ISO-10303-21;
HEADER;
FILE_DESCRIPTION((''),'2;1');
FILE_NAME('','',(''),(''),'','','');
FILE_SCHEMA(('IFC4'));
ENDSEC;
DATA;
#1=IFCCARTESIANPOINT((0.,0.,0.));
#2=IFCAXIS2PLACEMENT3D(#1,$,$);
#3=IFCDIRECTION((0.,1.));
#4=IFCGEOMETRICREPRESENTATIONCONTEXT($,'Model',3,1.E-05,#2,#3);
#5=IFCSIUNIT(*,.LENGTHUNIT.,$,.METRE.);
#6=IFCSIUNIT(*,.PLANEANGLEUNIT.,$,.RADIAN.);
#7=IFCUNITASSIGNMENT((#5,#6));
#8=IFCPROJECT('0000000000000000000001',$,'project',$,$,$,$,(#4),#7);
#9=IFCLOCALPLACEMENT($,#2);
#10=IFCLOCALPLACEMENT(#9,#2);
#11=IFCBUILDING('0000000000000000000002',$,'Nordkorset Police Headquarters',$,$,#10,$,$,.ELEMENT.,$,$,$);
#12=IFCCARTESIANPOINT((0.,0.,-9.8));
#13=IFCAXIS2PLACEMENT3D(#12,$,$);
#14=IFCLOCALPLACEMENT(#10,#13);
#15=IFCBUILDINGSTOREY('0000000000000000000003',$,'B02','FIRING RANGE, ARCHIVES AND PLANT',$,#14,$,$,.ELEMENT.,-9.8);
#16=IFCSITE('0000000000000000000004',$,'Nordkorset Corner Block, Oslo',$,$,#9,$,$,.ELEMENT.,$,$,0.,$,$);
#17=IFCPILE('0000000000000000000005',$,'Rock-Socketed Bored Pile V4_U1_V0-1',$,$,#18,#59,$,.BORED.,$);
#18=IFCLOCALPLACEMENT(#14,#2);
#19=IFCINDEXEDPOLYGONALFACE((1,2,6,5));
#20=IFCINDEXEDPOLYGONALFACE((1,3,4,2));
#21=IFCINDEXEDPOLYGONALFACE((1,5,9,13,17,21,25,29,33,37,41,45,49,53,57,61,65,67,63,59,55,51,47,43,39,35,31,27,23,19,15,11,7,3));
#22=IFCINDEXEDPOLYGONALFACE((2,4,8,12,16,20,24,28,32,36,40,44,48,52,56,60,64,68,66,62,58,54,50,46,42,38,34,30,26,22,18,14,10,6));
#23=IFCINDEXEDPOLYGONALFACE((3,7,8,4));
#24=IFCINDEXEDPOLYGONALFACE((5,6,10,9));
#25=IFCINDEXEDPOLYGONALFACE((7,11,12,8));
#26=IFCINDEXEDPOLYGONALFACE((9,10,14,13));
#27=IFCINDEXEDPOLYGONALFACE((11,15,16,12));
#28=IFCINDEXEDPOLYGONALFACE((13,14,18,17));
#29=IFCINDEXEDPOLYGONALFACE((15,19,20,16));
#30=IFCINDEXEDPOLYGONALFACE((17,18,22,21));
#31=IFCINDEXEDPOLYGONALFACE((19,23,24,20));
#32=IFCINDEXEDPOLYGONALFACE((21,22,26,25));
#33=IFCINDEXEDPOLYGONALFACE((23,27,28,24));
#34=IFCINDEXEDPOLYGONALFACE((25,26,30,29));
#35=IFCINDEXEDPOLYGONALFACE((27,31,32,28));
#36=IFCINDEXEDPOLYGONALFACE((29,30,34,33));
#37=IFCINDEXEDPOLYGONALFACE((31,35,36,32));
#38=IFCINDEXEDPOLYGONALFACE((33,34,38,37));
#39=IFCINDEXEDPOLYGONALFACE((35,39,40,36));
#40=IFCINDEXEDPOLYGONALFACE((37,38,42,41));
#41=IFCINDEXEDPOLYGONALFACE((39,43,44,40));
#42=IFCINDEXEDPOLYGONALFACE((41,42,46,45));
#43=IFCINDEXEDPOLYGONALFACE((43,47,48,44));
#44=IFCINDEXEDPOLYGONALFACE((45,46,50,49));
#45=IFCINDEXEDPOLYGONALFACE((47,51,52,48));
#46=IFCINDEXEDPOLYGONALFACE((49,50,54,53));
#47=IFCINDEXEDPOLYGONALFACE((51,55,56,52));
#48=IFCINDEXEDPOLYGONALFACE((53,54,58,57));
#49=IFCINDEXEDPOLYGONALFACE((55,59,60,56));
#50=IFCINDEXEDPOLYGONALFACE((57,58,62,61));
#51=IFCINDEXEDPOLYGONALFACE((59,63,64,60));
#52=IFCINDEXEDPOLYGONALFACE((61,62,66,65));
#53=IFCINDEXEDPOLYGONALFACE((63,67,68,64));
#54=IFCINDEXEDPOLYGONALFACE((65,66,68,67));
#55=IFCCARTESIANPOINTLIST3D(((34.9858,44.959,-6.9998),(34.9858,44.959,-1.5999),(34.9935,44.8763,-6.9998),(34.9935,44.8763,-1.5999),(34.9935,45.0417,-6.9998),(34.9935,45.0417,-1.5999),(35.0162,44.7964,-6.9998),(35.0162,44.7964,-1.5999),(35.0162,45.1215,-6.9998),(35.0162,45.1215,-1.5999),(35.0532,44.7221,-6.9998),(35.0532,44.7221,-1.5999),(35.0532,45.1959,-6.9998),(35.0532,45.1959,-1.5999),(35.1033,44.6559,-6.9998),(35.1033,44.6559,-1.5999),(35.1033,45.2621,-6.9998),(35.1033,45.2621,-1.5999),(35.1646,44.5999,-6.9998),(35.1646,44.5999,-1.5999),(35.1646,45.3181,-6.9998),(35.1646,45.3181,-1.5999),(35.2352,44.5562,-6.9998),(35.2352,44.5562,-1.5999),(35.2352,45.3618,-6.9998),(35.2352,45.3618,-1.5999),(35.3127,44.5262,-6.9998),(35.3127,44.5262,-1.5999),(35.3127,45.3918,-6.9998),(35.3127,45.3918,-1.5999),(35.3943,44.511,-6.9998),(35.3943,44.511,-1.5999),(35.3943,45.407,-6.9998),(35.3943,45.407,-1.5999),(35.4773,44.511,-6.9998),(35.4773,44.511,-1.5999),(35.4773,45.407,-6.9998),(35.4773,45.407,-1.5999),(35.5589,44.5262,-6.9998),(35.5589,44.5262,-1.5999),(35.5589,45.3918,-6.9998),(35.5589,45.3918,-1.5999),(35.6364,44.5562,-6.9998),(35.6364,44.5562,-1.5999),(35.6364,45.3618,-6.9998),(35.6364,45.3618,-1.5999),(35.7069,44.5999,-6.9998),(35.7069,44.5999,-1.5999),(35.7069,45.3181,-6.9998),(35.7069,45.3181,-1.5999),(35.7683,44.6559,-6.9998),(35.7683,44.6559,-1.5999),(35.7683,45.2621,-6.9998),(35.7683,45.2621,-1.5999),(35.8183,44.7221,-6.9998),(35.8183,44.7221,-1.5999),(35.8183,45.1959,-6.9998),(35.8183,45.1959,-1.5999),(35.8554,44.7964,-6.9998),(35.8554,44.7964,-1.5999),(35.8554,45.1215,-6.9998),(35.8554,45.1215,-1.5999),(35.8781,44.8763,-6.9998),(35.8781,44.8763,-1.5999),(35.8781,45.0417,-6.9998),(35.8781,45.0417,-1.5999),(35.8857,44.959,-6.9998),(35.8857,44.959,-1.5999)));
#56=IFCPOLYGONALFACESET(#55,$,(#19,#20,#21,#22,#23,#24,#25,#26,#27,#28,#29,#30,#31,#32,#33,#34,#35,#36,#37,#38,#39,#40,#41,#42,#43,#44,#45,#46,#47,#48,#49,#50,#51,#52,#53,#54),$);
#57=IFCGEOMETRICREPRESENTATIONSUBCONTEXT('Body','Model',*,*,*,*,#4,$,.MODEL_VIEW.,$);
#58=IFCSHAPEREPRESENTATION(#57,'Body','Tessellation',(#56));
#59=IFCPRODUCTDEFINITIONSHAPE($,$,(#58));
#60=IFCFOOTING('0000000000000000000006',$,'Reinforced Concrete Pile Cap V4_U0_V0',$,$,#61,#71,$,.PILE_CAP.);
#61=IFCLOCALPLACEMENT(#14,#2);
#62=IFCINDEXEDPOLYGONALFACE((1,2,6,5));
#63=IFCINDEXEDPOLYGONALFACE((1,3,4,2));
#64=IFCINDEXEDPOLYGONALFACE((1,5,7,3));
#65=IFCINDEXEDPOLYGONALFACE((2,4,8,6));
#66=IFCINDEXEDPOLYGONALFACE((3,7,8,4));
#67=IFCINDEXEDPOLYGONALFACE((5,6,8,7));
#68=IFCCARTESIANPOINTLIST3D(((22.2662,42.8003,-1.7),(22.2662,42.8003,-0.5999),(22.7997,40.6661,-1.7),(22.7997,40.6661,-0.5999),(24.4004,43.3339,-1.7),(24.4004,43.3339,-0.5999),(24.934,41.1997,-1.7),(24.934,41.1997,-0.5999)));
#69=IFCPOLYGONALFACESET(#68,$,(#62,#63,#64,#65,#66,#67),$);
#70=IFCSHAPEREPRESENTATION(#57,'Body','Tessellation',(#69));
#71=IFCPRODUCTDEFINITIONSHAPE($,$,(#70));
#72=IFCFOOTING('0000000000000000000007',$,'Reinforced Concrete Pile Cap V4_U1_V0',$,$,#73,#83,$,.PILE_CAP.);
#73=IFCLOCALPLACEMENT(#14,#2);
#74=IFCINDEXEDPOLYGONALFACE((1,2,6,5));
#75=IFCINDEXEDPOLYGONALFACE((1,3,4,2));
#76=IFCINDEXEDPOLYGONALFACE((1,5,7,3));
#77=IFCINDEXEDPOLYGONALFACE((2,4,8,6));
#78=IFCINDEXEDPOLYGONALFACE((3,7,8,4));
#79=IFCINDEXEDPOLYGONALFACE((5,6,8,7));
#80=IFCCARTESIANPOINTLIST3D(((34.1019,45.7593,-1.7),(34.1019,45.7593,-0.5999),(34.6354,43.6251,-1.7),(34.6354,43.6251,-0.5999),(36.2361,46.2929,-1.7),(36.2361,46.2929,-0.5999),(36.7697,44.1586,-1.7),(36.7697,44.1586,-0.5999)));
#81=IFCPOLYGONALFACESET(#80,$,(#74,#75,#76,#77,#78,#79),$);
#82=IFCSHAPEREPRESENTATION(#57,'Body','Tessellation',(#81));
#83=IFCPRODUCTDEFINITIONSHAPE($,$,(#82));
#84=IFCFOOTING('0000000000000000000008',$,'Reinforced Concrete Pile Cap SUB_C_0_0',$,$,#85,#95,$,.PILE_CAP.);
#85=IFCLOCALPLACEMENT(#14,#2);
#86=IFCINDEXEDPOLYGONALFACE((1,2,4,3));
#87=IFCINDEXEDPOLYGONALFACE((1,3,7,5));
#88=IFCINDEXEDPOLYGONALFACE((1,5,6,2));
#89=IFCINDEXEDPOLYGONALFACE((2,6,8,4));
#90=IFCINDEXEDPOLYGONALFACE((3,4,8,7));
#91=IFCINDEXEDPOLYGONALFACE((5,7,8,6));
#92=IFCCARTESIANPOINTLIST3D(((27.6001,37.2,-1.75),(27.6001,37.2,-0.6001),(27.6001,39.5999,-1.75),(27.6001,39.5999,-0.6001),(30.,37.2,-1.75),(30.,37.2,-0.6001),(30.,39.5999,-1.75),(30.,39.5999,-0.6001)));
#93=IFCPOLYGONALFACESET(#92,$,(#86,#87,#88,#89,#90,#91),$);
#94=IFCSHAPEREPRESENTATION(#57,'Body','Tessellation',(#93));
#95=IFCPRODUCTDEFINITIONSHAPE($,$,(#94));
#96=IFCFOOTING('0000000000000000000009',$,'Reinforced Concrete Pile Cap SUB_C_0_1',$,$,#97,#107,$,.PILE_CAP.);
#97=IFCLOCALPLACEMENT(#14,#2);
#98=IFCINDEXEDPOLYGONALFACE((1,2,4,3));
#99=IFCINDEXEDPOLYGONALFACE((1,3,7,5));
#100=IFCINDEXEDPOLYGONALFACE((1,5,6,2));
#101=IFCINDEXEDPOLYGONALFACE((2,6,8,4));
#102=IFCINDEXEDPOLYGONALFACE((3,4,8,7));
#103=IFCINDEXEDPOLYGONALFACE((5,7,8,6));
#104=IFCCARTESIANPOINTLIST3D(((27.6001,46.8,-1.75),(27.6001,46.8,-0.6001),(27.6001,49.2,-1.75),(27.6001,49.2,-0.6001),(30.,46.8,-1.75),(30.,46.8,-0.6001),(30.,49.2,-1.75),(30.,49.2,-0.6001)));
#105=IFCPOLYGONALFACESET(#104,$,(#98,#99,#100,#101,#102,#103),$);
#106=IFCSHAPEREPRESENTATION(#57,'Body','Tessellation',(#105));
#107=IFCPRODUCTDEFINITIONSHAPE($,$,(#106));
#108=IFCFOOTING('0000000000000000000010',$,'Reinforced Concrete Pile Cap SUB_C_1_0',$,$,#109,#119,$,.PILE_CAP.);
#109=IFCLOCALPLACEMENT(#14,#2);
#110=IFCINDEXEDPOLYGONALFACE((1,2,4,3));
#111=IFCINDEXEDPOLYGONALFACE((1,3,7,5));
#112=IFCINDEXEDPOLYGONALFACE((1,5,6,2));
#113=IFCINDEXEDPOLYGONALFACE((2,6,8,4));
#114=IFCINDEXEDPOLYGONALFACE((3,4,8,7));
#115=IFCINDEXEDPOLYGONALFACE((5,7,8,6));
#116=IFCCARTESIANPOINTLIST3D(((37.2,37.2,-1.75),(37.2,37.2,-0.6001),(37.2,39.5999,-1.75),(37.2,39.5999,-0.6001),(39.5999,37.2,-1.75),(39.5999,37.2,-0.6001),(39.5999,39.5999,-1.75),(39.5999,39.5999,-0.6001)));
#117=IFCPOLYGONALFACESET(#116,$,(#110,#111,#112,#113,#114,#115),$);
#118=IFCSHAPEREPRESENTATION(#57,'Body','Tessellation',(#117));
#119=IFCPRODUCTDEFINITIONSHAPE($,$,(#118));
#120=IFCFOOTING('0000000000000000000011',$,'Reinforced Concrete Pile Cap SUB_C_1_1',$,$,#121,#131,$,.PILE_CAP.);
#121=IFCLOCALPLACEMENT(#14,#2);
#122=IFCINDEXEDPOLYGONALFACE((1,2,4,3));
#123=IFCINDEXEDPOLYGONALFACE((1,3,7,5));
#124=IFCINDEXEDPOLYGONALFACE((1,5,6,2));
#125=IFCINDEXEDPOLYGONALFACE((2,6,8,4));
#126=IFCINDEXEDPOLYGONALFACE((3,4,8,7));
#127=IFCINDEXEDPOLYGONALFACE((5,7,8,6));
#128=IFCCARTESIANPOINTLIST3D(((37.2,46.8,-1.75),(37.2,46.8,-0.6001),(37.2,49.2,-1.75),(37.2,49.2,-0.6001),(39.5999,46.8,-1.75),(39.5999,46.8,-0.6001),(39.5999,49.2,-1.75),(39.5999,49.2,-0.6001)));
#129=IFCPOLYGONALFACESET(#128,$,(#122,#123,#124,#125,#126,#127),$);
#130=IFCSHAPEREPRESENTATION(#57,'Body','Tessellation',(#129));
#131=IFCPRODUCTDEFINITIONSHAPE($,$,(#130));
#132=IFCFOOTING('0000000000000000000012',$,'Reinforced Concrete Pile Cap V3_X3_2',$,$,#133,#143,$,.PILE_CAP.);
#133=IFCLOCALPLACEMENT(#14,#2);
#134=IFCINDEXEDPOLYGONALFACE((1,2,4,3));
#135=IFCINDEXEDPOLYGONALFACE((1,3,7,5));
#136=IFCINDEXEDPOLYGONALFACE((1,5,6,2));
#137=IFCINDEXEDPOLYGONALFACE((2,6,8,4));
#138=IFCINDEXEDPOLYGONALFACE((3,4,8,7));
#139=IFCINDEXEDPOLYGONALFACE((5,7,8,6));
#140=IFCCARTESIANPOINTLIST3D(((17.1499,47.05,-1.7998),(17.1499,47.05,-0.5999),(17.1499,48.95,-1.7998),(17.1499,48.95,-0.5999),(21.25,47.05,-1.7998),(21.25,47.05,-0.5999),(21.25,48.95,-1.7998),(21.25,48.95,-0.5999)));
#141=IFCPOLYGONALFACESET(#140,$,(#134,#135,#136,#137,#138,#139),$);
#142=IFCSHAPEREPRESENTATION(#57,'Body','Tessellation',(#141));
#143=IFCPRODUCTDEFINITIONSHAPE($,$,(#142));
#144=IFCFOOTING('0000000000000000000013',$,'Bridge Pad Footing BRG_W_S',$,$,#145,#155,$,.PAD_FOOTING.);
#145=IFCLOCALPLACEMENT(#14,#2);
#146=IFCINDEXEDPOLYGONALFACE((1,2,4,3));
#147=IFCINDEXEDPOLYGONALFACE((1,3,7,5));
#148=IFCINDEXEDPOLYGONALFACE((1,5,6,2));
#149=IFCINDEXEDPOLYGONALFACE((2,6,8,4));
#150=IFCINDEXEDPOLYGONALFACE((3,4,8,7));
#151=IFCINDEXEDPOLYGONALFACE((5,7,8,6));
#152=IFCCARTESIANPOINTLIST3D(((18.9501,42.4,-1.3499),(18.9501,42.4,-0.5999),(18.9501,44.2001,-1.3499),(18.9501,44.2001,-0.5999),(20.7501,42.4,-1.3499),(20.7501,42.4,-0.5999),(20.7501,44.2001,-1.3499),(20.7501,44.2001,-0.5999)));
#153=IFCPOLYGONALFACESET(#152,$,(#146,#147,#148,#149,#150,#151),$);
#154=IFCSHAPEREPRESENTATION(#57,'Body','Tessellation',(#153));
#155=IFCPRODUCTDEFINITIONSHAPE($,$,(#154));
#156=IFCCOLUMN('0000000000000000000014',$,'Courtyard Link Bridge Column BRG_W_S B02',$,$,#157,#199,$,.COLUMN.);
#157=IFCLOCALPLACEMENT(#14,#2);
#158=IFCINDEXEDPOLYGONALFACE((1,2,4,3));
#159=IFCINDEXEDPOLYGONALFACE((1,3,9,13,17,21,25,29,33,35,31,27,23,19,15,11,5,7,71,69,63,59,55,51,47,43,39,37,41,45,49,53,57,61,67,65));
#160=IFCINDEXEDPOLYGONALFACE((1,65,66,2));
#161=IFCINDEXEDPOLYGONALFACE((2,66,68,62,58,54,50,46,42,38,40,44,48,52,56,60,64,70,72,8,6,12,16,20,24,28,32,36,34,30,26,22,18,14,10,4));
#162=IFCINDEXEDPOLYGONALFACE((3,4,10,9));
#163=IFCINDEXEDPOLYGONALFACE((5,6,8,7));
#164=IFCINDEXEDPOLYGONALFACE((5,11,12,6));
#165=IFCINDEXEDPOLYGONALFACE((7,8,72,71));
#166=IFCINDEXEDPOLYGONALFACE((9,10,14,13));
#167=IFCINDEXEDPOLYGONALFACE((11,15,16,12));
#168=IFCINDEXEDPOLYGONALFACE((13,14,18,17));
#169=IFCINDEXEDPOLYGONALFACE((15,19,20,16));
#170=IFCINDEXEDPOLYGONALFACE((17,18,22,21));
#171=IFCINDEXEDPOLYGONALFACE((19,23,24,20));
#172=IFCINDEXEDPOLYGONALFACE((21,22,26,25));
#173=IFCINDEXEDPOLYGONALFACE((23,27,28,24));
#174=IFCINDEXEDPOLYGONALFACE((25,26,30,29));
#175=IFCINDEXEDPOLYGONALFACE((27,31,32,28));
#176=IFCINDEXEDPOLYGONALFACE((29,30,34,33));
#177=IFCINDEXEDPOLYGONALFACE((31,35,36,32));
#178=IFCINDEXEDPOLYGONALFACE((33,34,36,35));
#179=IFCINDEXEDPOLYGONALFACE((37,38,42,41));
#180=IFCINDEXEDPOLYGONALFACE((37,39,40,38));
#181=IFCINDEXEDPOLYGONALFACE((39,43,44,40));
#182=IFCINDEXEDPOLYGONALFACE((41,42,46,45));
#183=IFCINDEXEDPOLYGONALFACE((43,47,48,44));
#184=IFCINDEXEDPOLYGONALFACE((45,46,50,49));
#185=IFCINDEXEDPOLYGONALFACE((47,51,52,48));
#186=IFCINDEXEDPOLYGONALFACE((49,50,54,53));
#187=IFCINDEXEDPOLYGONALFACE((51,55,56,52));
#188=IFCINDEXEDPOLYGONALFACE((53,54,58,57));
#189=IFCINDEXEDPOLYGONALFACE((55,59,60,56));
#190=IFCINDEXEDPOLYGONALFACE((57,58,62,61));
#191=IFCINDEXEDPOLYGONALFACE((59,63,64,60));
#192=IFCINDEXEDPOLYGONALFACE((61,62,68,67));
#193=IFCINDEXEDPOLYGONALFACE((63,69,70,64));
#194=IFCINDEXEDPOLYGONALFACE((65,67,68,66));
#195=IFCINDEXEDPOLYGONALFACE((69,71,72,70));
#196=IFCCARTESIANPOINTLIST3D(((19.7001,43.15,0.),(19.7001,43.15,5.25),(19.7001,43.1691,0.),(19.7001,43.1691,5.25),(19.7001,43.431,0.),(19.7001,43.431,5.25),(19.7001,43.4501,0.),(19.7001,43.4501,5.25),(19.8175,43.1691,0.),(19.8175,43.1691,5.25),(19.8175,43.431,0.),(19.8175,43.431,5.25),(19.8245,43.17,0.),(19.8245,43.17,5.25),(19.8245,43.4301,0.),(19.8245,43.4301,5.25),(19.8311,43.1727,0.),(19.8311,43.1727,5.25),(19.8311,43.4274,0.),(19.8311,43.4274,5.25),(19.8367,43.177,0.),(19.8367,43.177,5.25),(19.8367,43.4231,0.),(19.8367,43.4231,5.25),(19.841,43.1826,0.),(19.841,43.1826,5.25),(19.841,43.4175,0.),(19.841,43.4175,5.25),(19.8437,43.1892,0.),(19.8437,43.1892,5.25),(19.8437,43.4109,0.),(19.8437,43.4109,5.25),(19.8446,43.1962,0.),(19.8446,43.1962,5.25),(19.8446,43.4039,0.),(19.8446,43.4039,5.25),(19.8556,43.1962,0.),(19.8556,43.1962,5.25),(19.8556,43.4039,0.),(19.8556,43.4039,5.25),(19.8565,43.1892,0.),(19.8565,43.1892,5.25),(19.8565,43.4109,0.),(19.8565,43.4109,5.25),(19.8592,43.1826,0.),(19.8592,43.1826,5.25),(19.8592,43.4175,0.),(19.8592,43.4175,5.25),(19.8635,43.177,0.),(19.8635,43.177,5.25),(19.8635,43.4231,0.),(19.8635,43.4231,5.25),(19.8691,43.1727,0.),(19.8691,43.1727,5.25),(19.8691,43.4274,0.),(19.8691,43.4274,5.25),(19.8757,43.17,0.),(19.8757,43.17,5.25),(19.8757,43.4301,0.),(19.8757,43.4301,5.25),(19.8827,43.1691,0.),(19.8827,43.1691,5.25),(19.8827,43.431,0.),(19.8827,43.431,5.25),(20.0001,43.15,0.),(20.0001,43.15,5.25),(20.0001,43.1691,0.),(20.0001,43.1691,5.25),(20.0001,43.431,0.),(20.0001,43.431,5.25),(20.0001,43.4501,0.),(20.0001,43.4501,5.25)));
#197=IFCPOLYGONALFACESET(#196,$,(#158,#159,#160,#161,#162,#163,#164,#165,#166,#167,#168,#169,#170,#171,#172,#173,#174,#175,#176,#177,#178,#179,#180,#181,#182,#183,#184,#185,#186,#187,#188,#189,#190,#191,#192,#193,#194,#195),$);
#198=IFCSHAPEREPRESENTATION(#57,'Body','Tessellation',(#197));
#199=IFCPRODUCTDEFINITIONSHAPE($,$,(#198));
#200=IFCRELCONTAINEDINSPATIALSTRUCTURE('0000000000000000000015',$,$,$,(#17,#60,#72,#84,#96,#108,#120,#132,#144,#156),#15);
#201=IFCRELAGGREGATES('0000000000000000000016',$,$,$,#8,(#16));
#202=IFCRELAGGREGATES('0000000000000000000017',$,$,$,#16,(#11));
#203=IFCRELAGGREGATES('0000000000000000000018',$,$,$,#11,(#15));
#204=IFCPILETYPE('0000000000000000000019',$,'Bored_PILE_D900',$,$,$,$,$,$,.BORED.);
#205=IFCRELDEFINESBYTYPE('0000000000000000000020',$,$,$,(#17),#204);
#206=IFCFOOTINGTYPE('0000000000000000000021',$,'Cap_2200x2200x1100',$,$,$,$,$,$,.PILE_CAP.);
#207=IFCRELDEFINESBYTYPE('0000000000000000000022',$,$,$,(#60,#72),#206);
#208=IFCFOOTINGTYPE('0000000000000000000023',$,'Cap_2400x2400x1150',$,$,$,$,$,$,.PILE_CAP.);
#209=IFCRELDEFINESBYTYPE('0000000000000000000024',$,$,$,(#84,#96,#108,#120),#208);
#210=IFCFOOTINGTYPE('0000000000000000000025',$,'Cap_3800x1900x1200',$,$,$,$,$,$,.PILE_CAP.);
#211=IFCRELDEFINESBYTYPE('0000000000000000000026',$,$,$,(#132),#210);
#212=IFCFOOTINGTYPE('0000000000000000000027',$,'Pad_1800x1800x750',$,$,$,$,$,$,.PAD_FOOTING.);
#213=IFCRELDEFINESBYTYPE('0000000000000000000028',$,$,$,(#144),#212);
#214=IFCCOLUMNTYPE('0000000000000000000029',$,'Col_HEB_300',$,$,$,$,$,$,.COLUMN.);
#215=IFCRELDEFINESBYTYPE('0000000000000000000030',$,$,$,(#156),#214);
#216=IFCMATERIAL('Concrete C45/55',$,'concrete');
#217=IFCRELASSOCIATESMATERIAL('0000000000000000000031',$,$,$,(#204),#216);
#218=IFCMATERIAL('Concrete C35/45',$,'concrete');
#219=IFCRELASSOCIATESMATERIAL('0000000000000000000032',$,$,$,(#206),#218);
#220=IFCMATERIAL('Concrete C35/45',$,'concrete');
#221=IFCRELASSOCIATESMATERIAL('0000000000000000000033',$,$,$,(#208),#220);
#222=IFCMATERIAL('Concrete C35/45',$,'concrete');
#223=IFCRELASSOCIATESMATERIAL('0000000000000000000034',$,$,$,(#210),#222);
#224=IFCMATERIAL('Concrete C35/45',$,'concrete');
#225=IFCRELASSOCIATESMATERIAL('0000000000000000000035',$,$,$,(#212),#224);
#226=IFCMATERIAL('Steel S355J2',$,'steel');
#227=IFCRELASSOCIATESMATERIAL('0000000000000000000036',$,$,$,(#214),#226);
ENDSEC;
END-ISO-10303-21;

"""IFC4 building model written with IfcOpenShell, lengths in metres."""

from ifc_helpers import new_model, si_unit, direction, frame, origin, origin_2d, place, context, subcontext, project, spatial, rectangle, circle, i_section, extrude, material, material_profile, profile_set, type_object, element, save


model = new_model("IFC4")

# Units and contexts
model_context = context("Model", 3, precision=1e-05, world=origin(), true_north=direction((0.0, 1.0)))
body_context = subcontext(model_context, "Body", "Model", "MODEL_VIEW")
ifc_project = project(units=[si_unit("LENGTHUNIT", "METRE"), si_unit("PLANEANGLEUNIT", "RADIAN")], contexts=[model_context])

# Site, building, storey
site_placement = place(None, origin())
site = spatial("IfcSite", under=ifc_project, at=site_placement, Name="Nordkorset Corner Block, Oslo", CompositionType="ELEMENT", RefElevation=0.0)
building_placement = place(site_placement, origin())
building = spatial("IfcBuilding", under=site, at=building_placement, Name="Nordkorset Police Headquarters", CompositionType="ELEMENT")
storey_placement = place(building_placement, frame((0.0, 0.0, -9.8)))
storey = spatial("IfcBuildingStorey", under=building, at=storey_placement, Name="B02", Description="FIRING RANGE, ARCHIVES AND PLANT", CompositionType="ELEMENT", Elevation=-9.8)

# Pile
ifc_material_1 = material(Name="Concrete C45/55", Category="concrete")
ifc_material_profile_1 = material_profile(ifc_material_1, circle(Radius=0.45, at=origin_2d()), Name="PILE D900")
ifc_profile_set_1 = profile_set([ifc_material_profile_1], Name="Concrete C45/55")
pile_type = type_object("IfcPileType", Name="Bored_PILE_D900", PredefinedType="BORED", material=ifc_profile_set_1)
for number, where, z_axis, x_axis, name in (
    (1, (35.4358, 44.959, -1.5999), (0.0, 0.0, -1.0), (1.0, 0.0, 0.0), "Rock-Socketed Bored Pile V4_U1_V0-1"),
):
    element("IfcPile", number, at=place(storey_placement, frame(where, z_axis=z_axis, x_axis=x_axis)), inside=storey, type_object=pile_type, Name=name, PredefinedType="BORED", context=body_context, shape_type="SweptSolid", body=[
        extrude(circle(Radius=0.45, at=origin_2d()), origin(), (0.0, 0.0, 1.0), 5.3999),
    ])

# Footings
ifc_material_2 = material(Name="Concrete C35/45", Category="concrete")
footing_type_1 = type_object("IfcFootingType", Name="Cap_2200x2200x1100", PredefinedType="PILE_CAP", material=ifc_material_2)
for number, where, z_axis, x_axis, name in (
    (2, (23.6001, 42.0, -1.7), (0.0, 0.0, 1.0), (0.970143, 0.242536, 0.0), "Reinforced Concrete Pile Cap V4_U0_V0"),
    (3, (35.4358, 44.959, -1.7), (0.0, 0.0, 1.0), (0.970143, 0.242536, 0.0), "Reinforced Concrete Pile Cap V4_U1_V0"),
):
    element("IfcFooting", number, at=place(storey_placement, frame(where, z_axis=z_axis, x_axis=x_axis)), inside=storey, type_object=footing_type_1, Name=name, PredefinedType="PILE_CAP", context=body_context, shape_type="SweptSolid", body=[
        extrude(rectangle(XDim=2.2, YDim=2.2, at=origin_2d()), origin(), (0.0, 0.0, 1.0), 1.1001),
    ])
ifc_material_3 = material(Name="Concrete C35/45", Category="concrete")
footing_type_2 = type_object("IfcFootingType", Name="Cap_2400x2400x1150", PredefinedType="PILE_CAP", material=ifc_material_3)
for number, where, z_axis, x_axis, name in (
    (4, (28.8, 38.3999, -1.75), (0.0, 0.0, 1.0), (1.0, 0.0, 0.0), "Reinforced Concrete Pile Cap SUB_C_0_0"),
    (5, (28.8, 48.0, -1.75), (0.0, 0.0, 1.0), (1.0, 0.0, 0.0), "Reinforced Concrete Pile Cap SUB_C_0_1"),
    (6, (38.3999, 38.3999, -1.75), (0.0, 0.0, 1.0), (1.0, 0.0, 0.0), "Reinforced Concrete Pile Cap SUB_C_1_0"),
    (7, (38.3999, 48.0, -1.75), (0.0, 0.0, 1.0), (1.0, 0.0, 0.0), "Reinforced Concrete Pile Cap SUB_C_1_1"),
):
    element("IfcFooting", number, at=place(storey_placement, frame(where, z_axis=z_axis, x_axis=x_axis)), inside=storey, type_object=footing_type_2, Name=name, PredefinedType="PILE_CAP", context=body_context, shape_type="SweptSolid", body=[
        extrude(rectangle(XDim=2.3999, YDim=2.3999, at=origin_2d()), origin(), (0.0, 0.0, 1.0), 1.1499),
    ])
ifc_material_4 = material(Name="Concrete C35/45", Category="concrete")
footing_type_3 = type_object("IfcFootingType", Name="Cap_3800x1900x1200", PredefinedType="PILE_CAP", material=ifc_material_4)
footing_1_placement = place(storey_placement, frame((19.2, 48.0, -1.7998), z_axis=(0.0, 0.0, 1.0), x_axis=(1.0, 0.0, 0.0)))
element("IfcFooting", 8, at=footing_1_placement, inside=storey, type_object=footing_type_3, Name="Reinforced Concrete Pile Cap V3_X3_2", PredefinedType="PILE_CAP", context=body_context, shape_type="SweptSolid", body=[
    extrude(rectangle(XDim=4.1001, YDim=1.8999, at=origin_2d()), origin(), (0.0, 0.0, 1.0), 1.2),
])
ifc_material_5 = material(Name="Concrete C35/45", Category="concrete")
footing_type_4 = type_object("IfcFootingType", Name="Pad_1800x1800x750", PredefinedType="PAD_FOOTING", material=ifc_material_5)
footing_2_placement = place(storey_placement, frame((19.8501, 43.3, -1.3499), z_axis=(0.0, 0.0, 1.0), x_axis=(1.0, 0.0, 0.0)))
element("IfcFooting", 9, at=footing_2_placement, inside=storey, type_object=footing_type_4, Name="Bridge Pad Footing BRG_W_S", PredefinedType="PAD_FOOTING", context=body_context, shape_type="SweptSolid", body=[
    extrude(rectangle(XDim=1.8, YDim=1.8, at=origin_2d()), origin(), (0.0, 0.0, 1.0), 0.75),
])

# Column
ifc_material_6 = material(Name="Steel S355J2", Category="steel")
ifc_material_profile_2 = material_profile(ifc_material_6, i_section(OverallWidth=0.3, OverallDepth=0.3, WebThickness=0.011, FlangeThickness=0.019, FilletRadius=0.0271, at=origin_2d()), Name="HEB 300")
ifc_profile_set_2 = profile_set([ifc_material_profile_2], Name="Steel S355J2")
column_type_1 = type_object("IfcColumnType", Name="Col_HEB_300", PredefinedType="COLUMN", material=ifc_profile_set_2)
for number, where, z_axis, x_axis, name in (
    (10, (19.8501, 43.3, 0.0), (0.0, 0.0, 1.0), (1.0, 0.0, 0.0), "Courtyard Link Bridge Column BRG_W_S B02"),
):
    element("IfcColumn", number, at=place(storey_placement, frame(where, z_axis=z_axis, x_axis=x_axis)), inside=storey, type_object=column_type_1, Name=name, PredefinedType="COLUMN", context=body_context, shape_type="SweptSolid", body=[
        extrude(i_section(OverallWidth=0.3, OverallDepth=0.3, WebThickness=0.011, FlangeThickness=0.019, FilletRadius=0.0271, at=origin_2d()), origin(), (0.0, 0.0, 1.0), 5.25),
    ])

save(model, "model.ifc")
